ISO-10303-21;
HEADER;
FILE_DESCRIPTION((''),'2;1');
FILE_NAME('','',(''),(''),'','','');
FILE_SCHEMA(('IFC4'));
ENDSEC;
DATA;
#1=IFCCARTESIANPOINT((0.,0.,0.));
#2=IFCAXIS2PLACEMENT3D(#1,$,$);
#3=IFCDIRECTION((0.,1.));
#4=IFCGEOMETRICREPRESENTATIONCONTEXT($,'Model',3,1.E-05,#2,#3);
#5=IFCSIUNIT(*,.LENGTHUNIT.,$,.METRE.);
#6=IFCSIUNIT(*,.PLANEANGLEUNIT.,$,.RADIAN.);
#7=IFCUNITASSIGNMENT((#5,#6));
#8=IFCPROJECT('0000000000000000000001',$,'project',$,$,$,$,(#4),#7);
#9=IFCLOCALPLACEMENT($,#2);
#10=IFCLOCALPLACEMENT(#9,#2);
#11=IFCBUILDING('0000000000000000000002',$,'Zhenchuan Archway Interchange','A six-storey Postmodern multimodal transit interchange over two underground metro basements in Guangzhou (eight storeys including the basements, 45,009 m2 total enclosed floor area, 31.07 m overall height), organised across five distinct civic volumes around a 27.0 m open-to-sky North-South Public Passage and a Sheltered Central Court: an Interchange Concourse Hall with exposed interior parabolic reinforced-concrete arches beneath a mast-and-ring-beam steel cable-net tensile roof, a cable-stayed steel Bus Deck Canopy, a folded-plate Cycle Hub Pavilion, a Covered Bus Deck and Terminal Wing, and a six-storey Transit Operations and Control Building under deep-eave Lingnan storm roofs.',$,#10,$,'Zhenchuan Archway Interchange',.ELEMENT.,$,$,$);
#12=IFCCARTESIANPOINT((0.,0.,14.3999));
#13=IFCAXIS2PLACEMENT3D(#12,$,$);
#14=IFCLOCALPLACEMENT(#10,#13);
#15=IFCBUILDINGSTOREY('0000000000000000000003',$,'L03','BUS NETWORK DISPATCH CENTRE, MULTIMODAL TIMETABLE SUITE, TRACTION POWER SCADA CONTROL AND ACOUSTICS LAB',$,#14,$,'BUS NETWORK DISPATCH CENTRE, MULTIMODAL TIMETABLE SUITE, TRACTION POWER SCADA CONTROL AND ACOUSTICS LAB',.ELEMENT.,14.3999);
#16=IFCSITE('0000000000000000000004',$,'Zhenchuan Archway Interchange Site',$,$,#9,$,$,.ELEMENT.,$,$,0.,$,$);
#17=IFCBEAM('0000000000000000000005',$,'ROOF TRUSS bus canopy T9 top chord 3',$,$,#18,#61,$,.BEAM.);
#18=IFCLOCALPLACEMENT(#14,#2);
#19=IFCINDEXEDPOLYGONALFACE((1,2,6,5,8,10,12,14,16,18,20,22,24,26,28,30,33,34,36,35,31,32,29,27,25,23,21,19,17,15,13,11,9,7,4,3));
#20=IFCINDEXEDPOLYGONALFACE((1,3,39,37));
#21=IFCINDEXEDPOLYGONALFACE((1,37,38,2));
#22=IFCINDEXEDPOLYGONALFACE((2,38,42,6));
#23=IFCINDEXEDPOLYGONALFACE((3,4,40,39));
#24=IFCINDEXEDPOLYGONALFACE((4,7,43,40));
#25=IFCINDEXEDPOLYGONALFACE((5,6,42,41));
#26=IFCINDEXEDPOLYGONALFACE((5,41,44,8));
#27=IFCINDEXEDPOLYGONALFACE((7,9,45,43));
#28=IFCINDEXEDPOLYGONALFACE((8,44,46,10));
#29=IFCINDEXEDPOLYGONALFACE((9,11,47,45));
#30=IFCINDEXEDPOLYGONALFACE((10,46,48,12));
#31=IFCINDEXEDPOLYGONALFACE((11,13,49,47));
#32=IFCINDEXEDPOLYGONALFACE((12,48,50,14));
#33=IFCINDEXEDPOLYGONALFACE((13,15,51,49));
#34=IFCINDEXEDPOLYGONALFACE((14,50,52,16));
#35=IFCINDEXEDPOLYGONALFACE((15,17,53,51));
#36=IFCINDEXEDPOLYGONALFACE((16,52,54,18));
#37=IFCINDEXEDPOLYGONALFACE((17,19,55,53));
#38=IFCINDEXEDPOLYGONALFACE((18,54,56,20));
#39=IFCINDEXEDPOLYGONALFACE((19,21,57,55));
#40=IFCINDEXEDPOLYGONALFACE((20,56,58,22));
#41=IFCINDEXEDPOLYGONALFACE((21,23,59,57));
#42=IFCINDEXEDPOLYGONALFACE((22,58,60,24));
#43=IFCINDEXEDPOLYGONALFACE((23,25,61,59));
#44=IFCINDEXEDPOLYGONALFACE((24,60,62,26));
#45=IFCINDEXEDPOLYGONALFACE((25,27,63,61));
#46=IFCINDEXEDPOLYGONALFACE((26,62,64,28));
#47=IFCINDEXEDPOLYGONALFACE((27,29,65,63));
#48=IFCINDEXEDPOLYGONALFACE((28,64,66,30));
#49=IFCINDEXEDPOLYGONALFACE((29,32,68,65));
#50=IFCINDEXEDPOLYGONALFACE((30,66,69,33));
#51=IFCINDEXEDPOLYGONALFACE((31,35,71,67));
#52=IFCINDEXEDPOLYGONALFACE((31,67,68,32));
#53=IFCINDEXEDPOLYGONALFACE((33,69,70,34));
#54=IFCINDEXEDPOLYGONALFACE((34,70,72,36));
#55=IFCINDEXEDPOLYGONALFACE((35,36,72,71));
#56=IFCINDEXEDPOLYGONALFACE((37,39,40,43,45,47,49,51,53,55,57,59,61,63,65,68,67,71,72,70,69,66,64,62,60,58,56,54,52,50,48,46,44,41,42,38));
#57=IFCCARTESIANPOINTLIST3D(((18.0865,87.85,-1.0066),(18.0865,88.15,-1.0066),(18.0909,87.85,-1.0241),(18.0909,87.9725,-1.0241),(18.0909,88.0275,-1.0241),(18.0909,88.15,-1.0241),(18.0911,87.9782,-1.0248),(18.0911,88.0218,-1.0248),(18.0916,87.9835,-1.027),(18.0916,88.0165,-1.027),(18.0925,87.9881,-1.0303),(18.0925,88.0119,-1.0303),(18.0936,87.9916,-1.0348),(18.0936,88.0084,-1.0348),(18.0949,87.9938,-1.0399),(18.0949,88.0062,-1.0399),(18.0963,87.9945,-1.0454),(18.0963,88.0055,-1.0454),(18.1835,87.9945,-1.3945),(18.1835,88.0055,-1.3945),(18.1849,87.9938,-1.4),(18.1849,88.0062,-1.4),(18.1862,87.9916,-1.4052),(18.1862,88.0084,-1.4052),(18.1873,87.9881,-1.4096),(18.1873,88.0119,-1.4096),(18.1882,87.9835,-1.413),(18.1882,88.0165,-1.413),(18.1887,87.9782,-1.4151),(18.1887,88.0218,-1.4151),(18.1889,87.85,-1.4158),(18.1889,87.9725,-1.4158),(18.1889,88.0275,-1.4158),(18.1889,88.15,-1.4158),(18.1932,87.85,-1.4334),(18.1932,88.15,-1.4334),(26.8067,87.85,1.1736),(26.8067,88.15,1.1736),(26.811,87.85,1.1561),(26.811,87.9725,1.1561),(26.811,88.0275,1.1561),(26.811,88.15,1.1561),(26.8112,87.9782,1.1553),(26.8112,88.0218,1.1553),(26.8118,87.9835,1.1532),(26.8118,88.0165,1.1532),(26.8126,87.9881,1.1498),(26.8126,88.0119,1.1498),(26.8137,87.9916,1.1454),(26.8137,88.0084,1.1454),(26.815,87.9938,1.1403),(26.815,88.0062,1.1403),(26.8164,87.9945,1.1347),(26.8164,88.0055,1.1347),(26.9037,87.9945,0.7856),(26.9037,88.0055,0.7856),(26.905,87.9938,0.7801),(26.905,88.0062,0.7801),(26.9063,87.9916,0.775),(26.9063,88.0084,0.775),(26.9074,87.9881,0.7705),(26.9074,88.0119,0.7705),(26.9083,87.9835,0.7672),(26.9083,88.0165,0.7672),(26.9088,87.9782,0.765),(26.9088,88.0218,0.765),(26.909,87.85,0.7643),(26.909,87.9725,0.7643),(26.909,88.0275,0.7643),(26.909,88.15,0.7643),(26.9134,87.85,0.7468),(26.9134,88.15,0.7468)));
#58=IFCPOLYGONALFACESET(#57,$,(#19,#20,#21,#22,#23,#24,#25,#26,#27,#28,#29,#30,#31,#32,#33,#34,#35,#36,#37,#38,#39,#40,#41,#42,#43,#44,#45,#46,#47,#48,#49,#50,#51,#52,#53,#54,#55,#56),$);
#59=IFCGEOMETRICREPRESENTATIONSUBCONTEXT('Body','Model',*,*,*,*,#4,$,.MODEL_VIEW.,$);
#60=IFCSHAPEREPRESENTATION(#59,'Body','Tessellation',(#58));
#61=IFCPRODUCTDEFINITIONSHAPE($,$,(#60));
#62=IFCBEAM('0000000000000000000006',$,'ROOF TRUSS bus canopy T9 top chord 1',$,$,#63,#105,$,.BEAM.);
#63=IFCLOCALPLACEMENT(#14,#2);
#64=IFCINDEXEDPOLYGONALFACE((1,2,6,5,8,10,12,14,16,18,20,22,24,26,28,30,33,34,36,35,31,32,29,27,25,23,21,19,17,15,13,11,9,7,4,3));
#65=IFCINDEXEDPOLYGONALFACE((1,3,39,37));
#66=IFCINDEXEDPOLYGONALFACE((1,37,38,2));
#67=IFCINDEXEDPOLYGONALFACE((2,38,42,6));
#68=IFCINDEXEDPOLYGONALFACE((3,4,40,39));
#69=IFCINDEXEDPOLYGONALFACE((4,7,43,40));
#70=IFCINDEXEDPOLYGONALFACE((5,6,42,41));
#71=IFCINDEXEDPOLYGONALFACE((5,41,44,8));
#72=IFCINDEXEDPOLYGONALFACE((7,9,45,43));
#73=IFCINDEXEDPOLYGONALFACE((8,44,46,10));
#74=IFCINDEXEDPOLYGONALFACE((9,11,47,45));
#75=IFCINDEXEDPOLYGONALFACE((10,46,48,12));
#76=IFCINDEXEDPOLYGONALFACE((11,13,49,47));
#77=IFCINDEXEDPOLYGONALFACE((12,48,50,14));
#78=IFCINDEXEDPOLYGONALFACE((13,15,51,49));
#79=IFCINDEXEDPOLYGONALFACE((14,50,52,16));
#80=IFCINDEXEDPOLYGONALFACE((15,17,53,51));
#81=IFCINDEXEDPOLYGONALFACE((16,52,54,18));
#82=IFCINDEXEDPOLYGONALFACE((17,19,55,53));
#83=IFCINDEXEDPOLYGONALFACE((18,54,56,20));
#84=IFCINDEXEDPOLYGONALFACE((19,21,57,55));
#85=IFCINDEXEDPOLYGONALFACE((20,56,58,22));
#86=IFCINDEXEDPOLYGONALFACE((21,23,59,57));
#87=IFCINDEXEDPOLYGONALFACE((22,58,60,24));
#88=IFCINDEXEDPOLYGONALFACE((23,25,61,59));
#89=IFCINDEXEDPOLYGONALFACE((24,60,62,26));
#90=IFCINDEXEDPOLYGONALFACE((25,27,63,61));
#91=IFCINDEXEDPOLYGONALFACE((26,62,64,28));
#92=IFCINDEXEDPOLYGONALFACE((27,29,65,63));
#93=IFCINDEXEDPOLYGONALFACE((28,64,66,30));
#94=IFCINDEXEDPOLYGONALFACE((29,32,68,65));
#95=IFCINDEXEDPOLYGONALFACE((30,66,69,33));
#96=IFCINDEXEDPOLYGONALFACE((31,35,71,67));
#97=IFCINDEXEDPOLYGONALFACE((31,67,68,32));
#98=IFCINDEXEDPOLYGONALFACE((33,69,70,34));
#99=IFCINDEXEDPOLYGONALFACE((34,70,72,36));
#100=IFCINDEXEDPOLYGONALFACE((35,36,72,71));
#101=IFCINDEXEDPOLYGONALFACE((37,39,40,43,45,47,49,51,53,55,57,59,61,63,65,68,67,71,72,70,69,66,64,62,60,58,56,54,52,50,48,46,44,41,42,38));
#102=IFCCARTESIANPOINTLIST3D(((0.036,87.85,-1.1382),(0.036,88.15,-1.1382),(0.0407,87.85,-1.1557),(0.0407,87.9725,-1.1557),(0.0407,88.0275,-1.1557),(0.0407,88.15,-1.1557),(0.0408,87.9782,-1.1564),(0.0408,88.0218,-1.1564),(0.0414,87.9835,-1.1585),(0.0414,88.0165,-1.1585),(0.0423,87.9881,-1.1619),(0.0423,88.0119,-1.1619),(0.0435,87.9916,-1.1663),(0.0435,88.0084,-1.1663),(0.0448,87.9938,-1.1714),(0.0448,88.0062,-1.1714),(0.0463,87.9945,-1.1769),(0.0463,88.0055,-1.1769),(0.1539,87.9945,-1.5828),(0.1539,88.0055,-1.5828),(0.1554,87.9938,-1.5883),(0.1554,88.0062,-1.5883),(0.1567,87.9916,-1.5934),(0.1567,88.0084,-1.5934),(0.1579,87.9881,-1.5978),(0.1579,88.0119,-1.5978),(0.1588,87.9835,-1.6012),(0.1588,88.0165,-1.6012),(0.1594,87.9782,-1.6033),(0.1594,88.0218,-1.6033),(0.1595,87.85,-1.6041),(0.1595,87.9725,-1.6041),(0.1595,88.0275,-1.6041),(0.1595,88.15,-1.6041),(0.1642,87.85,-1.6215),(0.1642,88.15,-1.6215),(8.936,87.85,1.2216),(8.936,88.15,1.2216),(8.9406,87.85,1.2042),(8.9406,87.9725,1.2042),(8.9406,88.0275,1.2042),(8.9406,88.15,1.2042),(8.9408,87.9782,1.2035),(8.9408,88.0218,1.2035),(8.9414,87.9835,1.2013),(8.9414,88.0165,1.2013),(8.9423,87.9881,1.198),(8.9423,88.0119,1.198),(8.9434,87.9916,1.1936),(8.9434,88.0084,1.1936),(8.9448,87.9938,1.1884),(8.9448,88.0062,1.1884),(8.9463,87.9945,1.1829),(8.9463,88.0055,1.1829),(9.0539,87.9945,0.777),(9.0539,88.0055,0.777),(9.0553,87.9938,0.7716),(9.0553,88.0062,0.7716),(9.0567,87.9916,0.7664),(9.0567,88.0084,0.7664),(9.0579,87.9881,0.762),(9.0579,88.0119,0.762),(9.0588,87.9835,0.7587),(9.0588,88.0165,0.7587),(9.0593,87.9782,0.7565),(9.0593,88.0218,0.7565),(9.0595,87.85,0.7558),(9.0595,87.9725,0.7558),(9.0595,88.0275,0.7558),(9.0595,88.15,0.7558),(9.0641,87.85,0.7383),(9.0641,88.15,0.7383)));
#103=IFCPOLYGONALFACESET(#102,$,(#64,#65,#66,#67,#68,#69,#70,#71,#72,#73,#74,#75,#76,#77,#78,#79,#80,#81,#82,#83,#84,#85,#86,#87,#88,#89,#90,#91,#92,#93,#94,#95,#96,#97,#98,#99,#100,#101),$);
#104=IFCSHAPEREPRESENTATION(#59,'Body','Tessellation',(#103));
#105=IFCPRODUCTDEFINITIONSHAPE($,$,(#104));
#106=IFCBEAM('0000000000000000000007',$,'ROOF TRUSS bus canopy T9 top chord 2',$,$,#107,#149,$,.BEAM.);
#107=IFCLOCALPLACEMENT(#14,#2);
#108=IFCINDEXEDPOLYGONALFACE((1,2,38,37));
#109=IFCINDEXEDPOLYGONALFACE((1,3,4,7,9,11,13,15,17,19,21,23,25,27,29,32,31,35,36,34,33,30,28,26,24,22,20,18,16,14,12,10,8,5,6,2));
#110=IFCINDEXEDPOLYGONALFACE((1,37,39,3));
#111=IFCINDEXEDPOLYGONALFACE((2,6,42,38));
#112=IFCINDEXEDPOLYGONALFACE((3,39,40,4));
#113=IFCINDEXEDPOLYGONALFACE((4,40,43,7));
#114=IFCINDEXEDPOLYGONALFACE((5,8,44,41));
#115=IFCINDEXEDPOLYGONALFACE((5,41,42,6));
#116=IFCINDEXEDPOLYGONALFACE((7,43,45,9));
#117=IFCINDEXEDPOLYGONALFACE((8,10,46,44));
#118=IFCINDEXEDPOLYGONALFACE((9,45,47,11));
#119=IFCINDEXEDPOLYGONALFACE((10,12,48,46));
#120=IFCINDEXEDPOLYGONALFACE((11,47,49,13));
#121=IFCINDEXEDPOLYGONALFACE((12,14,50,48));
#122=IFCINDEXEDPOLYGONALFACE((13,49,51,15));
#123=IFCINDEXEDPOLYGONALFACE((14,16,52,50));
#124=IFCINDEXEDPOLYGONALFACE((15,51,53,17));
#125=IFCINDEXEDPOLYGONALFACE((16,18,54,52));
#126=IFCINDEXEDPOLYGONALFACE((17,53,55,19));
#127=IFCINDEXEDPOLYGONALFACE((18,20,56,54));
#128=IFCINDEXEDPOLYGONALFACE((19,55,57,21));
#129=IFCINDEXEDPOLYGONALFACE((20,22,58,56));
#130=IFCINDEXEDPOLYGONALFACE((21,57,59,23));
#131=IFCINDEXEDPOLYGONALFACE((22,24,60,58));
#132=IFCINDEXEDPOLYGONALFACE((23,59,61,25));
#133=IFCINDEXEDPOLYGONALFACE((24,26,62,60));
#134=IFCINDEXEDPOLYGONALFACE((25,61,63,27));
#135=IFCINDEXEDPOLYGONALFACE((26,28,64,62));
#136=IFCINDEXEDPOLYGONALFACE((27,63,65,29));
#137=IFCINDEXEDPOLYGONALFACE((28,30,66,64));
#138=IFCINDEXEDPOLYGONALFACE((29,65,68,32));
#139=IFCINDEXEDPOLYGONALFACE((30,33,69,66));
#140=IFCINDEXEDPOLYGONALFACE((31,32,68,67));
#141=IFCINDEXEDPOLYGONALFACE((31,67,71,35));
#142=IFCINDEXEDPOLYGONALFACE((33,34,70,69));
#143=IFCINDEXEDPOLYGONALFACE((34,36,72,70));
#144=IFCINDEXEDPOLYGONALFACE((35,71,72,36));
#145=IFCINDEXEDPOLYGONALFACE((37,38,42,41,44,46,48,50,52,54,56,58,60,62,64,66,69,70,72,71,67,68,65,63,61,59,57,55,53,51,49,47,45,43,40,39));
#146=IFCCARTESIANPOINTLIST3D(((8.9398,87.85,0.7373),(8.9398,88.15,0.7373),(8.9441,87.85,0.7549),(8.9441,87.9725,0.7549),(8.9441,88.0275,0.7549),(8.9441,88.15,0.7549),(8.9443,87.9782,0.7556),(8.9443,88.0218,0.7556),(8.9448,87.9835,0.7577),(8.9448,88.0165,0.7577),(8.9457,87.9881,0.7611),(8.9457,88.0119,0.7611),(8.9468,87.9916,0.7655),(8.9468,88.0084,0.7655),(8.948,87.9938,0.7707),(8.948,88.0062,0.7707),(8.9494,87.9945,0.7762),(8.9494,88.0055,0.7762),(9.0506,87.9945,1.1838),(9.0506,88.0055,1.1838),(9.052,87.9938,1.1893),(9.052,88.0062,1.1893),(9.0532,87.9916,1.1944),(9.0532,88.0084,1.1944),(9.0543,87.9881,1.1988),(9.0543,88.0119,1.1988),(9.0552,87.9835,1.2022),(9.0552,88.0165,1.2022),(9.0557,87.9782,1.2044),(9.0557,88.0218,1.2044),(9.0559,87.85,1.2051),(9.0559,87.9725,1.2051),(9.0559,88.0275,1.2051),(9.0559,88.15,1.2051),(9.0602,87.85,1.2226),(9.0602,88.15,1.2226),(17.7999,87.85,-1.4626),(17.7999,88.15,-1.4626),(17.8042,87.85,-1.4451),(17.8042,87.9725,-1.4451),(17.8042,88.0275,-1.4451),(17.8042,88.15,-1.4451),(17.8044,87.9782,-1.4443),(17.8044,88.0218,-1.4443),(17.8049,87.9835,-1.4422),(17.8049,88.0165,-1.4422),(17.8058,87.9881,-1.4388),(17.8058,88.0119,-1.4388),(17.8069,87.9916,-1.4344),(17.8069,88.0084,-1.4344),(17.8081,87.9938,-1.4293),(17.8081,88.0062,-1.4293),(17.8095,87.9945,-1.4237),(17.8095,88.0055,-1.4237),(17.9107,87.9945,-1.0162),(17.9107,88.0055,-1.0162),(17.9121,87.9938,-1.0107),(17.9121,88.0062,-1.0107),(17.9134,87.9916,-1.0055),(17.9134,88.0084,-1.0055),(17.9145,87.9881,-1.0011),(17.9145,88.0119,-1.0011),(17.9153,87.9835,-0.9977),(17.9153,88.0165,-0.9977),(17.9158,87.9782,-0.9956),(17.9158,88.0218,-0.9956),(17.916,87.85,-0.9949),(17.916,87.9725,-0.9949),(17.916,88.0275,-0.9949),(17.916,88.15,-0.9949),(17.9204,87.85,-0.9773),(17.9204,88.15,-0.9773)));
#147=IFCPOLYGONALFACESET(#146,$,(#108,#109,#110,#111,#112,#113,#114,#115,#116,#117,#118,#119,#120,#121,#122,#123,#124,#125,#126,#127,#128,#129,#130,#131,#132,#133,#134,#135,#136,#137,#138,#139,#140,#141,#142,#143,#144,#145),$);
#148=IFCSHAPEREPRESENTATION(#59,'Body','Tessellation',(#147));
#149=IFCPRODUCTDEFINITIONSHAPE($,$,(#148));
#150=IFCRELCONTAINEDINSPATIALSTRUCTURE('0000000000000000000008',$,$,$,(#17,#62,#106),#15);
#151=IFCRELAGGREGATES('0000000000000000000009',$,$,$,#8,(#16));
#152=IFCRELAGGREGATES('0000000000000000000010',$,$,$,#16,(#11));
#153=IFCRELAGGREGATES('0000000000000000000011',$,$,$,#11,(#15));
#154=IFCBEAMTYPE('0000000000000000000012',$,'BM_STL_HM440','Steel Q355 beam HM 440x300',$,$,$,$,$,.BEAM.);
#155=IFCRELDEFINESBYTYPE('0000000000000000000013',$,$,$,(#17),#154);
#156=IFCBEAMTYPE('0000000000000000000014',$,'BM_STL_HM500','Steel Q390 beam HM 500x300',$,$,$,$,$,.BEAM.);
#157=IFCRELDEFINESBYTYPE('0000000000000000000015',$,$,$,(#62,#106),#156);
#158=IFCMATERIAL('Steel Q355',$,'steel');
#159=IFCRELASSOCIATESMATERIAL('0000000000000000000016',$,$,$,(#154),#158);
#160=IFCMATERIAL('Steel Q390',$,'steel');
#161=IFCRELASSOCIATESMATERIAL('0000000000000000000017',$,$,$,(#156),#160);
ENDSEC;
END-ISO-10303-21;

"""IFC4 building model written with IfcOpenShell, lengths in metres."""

from ifc_helpers import new_model, si_unit, direction, frame, origin, origin_2d, place, context, subcontext, project, spatial, i_section, extrude, material, material_profile, profile_set, type_object, element, save


model = new_model("IFC4")

# Units and contexts
model_context = context("Model", 3, precision=1e-05, world=origin(), true_north=direction((0.0, 1.0)))
body_context = subcontext(model_context, "Body", "Model", "MODEL_VIEW")
ifc_project = project(units=[si_unit("LENGTHUNIT", "METRE"), si_unit("PLANEANGLEUNIT", "RADIAN")], contexts=[model_context])

# Site, building, storey
site_placement = place(None, origin())
site = spatial("IfcSite", under=ifc_project, at=site_placement, Name="Zhenchuan Archway Interchange Site", CompositionType="ELEMENT", RefElevation=0.0)
building_placement = place(site_placement, origin())
building = spatial("IfcBuilding", under=site, at=building_placement, Name="Zhenchuan Archway Interchange", Description="A six-storey Postmodern multimodal transit interchange over two underground metro basements in Guangzhou (eight storeys including the basements, 45,009 m2 total enclosed floor area, 31.07 m overall height), organised across five distinct civic volumes around a 27.0 m open-to-sky North-South Public Passage and a Sheltered Central Court: an Interchange Concourse Hall with exposed interior parabolic reinforced-concrete arches beneath a mast-and-ring-beam steel cable-net tensile roof, a cable-stayed steel Bus Deck Canopy, a folded-plate Cycle Hub Pavilion, a Covered Bus Deck and Terminal Wing, and a six-storey Transit Operations and Control Building under deep-eave Lingnan storm roofs.", LongName="Zhenchuan Archway Interchange", CompositionType="ELEMENT")
storey_placement = place(building_placement, frame((0.0, 0.0, 14.3999)))
storey = spatial("IfcBuildingStorey", under=building, at=storey_placement, Name="L03", Description="BUS NETWORK DISPATCH CENTRE, MULTIMODAL TIMETABLE SUITE, TRACTION POWER SCADA CONTROL AND ACOUSTICS LAB", LongName="BUS NETWORK DISPATCH CENTRE, MULTIMODAL TIMETABLE SUITE, TRACTION POWER SCADA CONTROL AND ACOUSTICS LAB", CompositionType="ELEMENT", Elevation=14.3999)

# Shared definitions
ifc_material_1 = material(Name="Steel Q390", Category="steel")
ifc_material_2 = material(Name="Steel Q355", Category="steel")

# Beams
ifc_material_profile_1 = material_profile(ifc_material_2, i_section(OverallWidth=0.3, OverallDepth=0.4399, WebThickness=0.011, FlangeThickness=0.0181, FilletRadius=0.022, at=origin_2d()), Name="HM 440x300")
ifc_profile_set_1 = profile_set([ifc_material_profile_1], Name="Steel Q355")
beam_type_1 = type_object("IfcBeamType", Name="BM_STL_HM440", Description="Steel Q355 beam HM 440x300", PredefinedType="BEAM", material=ifc_profile_set_1)
beam_1_placement = place(storey_placement, frame((18.1399, 88.0, -1.22), z_axis=(0.970139, 0.0, 0.242548), x_axis=(0.0, 1.0, 0.0)))
element("IfcBeam", 1, at=beam_1_placement, inside=storey, type_object=beam_type_1, Name="ROOF TRUSS bus canopy T9 top chord 3", PredefinedType="BEAM", context=body_context, shape_type="SweptSolid", body=[
    extrude(i_section(OverallWidth=0.3, OverallDepth=0.4399, WebThickness=0.011, FlangeThickness=0.0181, FilletRadius=0.022, at=origin_2d()), origin(), (0.0, 0.0, 1.0), 8.9885),
])
ifc_material_profile_2 = material_profile(ifc_material_1, i_section(OverallWidth=0.3, OverallDepth=0.5, WebThickness=0.011, FlangeThickness=0.0181, FilletRadius=0.022, at=origin_2d()), Name="HM 500x300")
ifc_profile_set_2 = profile_set([ifc_material_profile_2], Name="Steel Q390")
beam_type_2 = type_object("IfcBeamType", Name="BM_STL_HM500", Description="Steel Q390 beam HM 500x300", PredefinedType="BEAM", material=ifc_profile_set_2)
beam_2_placement = place(storey_placement, frame((0.1001, 88.0, -1.3799), z_axis=(0.966597, 0.0, 0.256299), x_axis=(0.0, 1.0, 0.0)))
element("IfcBeam", 2, at=beam_2_placement, inside=storey, type_object=beam_type_2, Name="ROOF TRUSS bus canopy T9 top chord 1", PredefinedType="BEAM", context=body_context, shape_type="SweptSolid", body=[
    extrude(i_section(OverallWidth=0.3, OverallDepth=0.5, WebThickness=0.011, FlangeThickness=0.0181, FilletRadius=0.022, at=origin_2d()), origin(), (0.0, 0.0, 1.0), 9.2075),
])
beam_3_placement = place(storey_placement, frame((9.0, 88.0, 0.98), z_axis=(0.97053, 0.0, -0.240981), x_axis=(0.0, 1.0, 0.0)))
element("IfcBeam", 3, at=beam_3_placement, inside=storey, type_object=beam_type_2, Name="ROOF TRUSS bus canopy T9 top chord 2", PredefinedType="BEAM", context=body_context, shape_type="SweptSolid", body=[
    extrude(i_section(OverallWidth=0.3, OverallDepth=0.5, WebThickness=0.011, FlangeThickness=0.0181, FilletRadius=0.022, at=origin_2d()), origin(), (0.0, 0.0, 1.0), 9.1292),
])

save(model, "model.ifc")
